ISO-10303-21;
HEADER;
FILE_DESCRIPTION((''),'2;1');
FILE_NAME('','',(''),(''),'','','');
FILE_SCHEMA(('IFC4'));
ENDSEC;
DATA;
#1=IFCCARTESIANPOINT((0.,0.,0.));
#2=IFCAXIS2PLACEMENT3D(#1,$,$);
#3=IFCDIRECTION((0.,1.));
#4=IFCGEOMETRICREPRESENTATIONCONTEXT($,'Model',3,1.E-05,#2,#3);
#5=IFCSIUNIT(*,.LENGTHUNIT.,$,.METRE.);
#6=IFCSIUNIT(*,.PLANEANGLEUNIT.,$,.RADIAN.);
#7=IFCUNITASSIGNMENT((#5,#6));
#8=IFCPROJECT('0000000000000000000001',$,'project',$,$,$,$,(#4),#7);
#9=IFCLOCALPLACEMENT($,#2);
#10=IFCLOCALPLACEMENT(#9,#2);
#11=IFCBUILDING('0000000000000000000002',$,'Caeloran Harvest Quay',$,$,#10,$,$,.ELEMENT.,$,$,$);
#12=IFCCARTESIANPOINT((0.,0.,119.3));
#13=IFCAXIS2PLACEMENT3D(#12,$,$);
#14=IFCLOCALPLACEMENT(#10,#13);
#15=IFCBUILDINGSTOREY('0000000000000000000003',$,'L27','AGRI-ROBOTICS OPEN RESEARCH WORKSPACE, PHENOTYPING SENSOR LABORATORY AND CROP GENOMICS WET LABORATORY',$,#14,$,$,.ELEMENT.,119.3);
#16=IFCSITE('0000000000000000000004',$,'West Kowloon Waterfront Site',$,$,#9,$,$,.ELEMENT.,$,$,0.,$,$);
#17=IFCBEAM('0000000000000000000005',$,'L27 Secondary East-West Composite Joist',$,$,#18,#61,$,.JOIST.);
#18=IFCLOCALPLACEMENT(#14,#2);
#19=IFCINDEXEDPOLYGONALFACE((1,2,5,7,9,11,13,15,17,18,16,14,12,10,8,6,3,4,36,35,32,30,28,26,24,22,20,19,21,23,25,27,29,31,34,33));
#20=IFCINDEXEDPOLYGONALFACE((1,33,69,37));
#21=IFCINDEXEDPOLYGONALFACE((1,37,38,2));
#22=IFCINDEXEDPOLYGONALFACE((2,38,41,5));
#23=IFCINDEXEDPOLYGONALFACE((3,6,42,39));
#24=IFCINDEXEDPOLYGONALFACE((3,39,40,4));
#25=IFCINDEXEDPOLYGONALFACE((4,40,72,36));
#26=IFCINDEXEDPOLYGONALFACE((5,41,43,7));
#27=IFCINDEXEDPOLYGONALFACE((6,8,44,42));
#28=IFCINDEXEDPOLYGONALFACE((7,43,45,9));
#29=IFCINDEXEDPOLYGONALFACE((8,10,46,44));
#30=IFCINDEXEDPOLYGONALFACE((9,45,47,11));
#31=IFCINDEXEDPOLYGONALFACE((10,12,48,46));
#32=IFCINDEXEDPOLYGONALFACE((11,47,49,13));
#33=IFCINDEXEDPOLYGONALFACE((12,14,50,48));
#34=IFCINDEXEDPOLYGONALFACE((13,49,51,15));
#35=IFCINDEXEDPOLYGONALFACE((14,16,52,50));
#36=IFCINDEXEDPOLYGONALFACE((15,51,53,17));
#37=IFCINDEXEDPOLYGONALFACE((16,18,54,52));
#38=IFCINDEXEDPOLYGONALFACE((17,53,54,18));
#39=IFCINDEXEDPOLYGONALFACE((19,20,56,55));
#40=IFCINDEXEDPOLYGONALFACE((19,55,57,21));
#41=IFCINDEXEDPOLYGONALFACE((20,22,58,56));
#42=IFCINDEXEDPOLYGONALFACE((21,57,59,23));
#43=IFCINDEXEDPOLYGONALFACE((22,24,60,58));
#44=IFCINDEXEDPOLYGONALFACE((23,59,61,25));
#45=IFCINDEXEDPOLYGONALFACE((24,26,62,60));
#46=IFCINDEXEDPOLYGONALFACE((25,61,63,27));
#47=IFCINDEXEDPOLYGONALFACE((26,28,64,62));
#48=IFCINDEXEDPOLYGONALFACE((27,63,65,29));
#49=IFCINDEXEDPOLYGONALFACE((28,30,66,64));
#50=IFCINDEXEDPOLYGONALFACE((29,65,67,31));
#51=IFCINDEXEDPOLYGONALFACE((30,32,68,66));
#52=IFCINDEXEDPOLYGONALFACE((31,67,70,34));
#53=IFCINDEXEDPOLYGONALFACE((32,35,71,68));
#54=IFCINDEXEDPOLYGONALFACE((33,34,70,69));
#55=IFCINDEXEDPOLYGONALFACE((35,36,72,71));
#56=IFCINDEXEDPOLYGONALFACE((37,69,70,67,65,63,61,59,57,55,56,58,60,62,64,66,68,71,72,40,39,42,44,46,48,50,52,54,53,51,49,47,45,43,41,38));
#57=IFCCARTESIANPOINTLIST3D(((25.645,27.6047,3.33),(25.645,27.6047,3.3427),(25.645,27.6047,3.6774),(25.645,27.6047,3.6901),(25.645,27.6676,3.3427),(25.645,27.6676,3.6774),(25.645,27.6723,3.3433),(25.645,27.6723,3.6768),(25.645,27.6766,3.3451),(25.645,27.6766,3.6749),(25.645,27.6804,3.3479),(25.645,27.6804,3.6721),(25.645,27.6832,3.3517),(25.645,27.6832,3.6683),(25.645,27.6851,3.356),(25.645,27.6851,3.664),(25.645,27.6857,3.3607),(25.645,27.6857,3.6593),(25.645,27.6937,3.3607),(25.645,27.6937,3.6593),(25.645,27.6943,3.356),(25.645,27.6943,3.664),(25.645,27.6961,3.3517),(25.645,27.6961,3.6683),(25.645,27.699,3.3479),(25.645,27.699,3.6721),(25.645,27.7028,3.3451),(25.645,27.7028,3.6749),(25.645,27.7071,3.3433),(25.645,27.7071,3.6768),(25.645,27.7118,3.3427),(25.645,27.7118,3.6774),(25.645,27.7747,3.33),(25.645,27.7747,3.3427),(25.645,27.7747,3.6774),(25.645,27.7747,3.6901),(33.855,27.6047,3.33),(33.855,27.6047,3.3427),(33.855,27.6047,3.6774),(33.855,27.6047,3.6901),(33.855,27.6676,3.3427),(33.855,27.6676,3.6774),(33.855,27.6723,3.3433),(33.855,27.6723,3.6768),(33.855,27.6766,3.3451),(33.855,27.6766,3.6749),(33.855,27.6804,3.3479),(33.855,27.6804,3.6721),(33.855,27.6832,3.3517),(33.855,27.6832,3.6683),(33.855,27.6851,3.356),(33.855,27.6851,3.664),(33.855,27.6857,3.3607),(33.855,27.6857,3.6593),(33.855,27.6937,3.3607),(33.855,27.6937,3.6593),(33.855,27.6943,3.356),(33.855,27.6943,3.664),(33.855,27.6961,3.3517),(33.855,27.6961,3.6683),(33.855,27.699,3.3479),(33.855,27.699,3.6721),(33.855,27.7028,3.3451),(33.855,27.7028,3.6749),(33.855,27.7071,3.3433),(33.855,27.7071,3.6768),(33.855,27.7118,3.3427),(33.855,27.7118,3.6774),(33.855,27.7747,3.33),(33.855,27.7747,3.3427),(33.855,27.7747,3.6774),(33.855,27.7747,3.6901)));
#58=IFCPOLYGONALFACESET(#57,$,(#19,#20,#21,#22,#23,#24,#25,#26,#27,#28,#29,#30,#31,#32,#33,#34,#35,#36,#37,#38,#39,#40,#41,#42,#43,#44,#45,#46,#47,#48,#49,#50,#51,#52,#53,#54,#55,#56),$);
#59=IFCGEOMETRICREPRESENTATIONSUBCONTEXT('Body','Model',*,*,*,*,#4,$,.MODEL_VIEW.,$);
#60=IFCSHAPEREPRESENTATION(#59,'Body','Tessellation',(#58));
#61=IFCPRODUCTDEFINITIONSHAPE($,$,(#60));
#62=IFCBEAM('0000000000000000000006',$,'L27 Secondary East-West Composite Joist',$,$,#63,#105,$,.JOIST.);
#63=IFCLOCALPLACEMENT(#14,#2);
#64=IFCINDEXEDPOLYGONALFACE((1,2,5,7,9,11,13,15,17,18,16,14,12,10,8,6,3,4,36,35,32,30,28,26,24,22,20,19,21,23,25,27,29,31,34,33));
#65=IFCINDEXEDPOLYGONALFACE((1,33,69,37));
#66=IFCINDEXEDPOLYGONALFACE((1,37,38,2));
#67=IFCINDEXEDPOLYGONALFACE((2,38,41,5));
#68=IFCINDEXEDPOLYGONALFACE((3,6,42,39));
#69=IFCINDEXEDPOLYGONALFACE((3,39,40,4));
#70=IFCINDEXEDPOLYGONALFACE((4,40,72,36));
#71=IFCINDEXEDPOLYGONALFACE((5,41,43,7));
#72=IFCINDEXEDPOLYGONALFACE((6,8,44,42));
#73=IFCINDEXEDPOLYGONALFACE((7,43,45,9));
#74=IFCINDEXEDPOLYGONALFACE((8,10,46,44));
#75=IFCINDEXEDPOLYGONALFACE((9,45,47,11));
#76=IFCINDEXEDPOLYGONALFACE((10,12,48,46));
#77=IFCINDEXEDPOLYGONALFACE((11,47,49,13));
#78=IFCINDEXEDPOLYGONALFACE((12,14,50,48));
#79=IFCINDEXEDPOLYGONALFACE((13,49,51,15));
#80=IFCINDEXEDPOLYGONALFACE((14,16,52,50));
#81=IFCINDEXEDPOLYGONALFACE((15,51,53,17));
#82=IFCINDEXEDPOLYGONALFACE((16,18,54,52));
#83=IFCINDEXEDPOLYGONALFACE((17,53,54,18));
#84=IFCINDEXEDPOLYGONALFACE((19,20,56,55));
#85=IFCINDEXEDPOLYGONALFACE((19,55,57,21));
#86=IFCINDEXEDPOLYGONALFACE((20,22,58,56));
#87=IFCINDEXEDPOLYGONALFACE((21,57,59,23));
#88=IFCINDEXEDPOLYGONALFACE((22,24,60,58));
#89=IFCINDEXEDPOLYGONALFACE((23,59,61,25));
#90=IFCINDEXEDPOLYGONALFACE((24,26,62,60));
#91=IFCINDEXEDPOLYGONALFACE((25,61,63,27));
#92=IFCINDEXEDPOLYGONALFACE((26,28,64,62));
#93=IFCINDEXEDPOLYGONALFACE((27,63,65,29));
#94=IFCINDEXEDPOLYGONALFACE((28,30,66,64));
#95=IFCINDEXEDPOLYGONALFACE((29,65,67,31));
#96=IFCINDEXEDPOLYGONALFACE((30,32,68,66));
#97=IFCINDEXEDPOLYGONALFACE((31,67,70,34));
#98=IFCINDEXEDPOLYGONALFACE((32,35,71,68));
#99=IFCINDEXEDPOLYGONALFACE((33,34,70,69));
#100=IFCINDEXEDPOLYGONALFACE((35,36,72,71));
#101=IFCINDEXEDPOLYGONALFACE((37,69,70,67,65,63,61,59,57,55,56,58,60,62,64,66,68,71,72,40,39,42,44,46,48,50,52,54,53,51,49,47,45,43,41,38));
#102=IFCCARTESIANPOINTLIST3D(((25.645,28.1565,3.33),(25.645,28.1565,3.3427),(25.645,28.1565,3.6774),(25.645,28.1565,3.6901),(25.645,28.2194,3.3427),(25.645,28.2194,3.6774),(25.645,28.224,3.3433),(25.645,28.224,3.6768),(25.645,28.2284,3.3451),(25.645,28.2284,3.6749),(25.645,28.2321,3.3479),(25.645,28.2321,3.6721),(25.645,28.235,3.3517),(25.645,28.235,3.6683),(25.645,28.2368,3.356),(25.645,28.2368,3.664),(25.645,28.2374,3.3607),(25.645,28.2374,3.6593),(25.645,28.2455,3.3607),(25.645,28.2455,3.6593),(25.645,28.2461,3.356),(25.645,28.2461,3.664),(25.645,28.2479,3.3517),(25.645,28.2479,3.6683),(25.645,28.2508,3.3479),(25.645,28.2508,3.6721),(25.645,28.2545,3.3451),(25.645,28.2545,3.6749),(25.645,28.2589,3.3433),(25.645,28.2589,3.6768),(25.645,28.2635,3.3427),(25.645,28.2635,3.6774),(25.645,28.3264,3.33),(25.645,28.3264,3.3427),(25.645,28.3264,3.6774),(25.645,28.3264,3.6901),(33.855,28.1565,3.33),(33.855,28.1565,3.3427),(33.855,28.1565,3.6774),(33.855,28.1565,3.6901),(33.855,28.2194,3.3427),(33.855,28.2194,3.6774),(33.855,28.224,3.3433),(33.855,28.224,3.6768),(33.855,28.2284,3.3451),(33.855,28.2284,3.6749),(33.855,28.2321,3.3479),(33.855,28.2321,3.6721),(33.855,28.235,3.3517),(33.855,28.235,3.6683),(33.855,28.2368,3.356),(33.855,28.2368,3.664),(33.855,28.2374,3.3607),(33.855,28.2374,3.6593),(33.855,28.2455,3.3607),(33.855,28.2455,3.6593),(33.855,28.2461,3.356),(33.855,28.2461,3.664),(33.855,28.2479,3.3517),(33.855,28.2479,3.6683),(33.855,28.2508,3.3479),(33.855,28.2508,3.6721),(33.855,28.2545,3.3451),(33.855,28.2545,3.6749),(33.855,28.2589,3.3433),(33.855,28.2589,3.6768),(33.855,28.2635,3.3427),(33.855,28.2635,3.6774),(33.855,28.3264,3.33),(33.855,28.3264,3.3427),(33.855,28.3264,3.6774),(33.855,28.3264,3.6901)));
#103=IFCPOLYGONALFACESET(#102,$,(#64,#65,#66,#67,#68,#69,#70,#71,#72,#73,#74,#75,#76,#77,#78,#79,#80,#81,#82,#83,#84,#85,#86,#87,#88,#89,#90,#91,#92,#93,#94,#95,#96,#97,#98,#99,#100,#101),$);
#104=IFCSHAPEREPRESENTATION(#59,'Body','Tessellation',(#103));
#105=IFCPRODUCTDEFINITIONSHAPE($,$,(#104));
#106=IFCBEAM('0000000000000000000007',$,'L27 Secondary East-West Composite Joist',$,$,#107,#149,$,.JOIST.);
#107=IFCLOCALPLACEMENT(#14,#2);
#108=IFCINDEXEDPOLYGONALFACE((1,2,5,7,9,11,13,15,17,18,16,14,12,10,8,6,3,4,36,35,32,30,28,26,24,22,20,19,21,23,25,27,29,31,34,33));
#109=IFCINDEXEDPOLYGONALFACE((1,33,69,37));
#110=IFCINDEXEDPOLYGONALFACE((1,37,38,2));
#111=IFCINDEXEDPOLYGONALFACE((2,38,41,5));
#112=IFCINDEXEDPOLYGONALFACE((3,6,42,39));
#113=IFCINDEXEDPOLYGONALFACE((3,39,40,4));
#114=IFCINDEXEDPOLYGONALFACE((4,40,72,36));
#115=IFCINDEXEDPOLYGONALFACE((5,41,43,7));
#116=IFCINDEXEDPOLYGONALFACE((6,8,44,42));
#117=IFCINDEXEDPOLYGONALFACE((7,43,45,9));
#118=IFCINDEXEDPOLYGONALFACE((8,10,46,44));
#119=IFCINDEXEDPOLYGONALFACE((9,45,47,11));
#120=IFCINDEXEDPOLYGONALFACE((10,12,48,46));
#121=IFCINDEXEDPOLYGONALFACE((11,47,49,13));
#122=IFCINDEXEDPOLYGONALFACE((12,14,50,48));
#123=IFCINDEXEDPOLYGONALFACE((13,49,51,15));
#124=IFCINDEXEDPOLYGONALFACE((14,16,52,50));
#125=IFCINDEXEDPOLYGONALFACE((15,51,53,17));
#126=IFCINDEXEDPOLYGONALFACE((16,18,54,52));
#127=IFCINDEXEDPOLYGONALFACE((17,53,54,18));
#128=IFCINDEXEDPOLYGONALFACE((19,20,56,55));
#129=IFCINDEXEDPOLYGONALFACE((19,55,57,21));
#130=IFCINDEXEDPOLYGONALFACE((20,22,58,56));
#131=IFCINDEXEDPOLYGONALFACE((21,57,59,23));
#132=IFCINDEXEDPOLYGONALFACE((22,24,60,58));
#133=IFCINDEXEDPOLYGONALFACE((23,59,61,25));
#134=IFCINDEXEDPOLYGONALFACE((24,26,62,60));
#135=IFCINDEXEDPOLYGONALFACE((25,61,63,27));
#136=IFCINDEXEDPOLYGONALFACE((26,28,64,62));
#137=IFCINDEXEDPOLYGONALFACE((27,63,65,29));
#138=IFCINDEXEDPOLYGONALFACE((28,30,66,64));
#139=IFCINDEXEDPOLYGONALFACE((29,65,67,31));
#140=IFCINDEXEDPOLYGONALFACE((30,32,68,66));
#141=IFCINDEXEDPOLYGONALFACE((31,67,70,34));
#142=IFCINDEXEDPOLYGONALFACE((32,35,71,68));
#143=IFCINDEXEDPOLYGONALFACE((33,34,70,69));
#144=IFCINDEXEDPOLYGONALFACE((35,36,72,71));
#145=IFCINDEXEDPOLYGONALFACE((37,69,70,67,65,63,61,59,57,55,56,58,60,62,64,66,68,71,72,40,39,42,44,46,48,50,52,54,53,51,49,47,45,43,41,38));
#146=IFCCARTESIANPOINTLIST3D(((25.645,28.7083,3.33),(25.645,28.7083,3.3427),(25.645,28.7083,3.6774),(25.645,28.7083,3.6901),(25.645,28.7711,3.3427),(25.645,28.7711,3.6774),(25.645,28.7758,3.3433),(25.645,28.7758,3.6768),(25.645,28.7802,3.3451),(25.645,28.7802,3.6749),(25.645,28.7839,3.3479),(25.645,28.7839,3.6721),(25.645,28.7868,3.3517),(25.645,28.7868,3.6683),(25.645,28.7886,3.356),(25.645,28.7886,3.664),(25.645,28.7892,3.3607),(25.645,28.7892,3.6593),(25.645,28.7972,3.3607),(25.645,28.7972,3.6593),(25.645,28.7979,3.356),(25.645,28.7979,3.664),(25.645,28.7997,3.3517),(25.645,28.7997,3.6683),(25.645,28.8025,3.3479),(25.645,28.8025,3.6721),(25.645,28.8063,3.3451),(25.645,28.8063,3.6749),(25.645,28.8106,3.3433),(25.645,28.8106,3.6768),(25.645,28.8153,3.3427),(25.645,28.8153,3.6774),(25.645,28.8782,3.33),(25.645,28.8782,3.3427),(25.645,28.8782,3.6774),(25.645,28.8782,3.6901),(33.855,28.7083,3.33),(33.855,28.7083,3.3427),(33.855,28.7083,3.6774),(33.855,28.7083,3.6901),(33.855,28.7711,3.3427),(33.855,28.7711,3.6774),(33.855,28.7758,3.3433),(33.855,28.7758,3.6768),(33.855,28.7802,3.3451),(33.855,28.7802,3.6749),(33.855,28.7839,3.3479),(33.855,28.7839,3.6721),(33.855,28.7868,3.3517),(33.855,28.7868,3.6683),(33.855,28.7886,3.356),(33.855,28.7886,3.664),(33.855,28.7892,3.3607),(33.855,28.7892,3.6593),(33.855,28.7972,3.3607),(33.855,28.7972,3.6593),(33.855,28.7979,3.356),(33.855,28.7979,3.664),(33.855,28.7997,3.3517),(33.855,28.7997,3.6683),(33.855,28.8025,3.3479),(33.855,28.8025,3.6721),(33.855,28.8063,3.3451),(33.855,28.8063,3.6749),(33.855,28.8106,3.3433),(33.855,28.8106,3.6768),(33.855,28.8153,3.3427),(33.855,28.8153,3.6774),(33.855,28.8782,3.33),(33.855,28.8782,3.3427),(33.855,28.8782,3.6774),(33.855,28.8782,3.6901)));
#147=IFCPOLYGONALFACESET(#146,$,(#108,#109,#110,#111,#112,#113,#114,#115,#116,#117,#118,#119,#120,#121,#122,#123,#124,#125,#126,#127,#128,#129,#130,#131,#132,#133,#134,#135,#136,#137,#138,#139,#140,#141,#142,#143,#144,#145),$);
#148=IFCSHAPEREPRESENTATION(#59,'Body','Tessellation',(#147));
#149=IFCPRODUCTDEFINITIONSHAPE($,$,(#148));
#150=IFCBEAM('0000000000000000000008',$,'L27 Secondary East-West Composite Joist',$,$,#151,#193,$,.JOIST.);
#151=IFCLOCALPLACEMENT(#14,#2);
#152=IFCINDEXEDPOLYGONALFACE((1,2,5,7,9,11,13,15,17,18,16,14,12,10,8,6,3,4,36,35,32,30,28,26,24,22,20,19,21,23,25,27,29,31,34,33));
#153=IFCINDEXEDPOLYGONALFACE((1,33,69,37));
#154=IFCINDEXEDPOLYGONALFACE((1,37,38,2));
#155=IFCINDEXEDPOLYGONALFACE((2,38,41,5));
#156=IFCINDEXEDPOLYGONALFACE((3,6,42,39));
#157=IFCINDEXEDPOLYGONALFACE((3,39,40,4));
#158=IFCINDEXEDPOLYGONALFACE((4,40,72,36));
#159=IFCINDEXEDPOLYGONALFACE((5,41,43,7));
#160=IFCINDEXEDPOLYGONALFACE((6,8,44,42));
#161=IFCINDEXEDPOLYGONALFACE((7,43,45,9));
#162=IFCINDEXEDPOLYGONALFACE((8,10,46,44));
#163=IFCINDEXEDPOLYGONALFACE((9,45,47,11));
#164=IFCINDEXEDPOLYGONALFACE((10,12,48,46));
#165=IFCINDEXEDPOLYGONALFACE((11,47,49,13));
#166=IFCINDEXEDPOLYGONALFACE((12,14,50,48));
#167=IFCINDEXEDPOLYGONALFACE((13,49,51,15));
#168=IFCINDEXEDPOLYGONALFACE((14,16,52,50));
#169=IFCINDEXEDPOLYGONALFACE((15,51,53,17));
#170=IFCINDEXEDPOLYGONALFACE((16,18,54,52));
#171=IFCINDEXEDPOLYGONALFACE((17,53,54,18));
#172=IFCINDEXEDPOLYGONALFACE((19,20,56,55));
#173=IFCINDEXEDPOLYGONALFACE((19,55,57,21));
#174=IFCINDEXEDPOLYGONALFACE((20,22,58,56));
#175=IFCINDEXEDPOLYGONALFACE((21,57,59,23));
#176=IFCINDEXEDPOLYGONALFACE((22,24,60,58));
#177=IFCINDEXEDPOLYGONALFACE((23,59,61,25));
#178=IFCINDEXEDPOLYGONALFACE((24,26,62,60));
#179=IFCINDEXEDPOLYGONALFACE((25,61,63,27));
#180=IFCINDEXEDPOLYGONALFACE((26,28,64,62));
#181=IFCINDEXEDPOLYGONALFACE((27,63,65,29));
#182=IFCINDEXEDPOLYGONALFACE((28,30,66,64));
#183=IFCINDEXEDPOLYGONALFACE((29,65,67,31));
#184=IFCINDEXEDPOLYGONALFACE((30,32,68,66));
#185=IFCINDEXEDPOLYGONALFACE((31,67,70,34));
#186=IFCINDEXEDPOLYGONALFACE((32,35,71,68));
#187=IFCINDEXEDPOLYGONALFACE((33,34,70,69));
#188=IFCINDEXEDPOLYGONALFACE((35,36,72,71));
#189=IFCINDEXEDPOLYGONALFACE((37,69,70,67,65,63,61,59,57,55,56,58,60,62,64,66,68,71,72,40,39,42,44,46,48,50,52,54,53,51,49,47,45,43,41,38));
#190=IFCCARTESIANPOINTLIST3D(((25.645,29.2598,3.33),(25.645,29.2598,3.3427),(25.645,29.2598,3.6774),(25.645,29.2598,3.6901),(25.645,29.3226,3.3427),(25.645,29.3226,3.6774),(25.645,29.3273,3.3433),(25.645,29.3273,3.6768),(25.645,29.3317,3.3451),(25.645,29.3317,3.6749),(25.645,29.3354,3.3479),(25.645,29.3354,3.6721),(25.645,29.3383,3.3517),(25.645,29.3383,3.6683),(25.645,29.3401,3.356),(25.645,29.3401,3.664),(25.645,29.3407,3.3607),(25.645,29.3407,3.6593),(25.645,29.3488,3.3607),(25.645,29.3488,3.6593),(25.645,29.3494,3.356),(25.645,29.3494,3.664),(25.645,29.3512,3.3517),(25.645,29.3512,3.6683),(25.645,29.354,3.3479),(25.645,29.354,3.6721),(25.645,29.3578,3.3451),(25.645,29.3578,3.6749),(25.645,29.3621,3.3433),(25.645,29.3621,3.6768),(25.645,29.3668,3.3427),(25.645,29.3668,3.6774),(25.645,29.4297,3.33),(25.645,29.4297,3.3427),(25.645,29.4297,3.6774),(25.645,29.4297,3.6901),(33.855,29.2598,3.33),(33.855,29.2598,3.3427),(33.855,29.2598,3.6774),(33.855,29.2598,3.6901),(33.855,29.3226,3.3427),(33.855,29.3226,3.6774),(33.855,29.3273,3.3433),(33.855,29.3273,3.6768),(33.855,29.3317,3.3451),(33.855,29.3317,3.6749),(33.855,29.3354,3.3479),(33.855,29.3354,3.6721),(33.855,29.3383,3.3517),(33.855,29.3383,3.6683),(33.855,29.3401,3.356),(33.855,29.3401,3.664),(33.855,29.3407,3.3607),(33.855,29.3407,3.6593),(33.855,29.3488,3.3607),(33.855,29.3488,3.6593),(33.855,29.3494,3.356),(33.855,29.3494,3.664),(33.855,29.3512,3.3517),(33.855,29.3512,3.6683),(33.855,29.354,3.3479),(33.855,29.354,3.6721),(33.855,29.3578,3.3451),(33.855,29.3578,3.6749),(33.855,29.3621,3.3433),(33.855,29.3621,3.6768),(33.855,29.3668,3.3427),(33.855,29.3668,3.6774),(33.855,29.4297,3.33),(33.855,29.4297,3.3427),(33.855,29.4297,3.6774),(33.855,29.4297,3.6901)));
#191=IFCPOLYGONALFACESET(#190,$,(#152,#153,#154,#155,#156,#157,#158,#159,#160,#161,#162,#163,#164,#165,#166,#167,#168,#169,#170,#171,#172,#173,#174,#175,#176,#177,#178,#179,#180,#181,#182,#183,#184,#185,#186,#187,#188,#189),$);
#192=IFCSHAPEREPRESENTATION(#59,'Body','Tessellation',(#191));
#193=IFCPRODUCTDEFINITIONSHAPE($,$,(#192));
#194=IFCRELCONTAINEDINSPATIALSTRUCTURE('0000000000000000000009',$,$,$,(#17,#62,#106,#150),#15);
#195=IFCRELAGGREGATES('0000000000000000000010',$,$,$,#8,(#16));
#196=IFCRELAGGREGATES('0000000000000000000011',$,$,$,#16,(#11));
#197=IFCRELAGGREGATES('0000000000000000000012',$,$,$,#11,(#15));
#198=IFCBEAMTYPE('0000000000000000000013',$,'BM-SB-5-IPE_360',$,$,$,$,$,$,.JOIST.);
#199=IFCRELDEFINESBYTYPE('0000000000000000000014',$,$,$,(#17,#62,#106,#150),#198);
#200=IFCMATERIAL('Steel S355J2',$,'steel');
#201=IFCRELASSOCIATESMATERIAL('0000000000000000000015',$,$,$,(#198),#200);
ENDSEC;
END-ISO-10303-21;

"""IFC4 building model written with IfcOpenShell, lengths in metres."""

from ifc_helpers import new_model, si_unit, direction, frame, origin, origin_2d, place, context, subcontext, project, spatial, i_section, extrude, material, material_profile, profile_set, type_object, element, save


model = new_model("IFC4")

# Units and contexts
model_context = context("Model", 3, precision=1e-05, world=origin(), true_north=direction((0.0, 1.0)))
body_context = subcontext(model_context, "Body", "Model", "MODEL_VIEW")
ifc_project = project(units=[si_unit("LENGTHUNIT", "METRE"), si_unit("PLANEANGLEUNIT", "RADIAN")], contexts=[model_context])

# Site, building, storey
site_placement = place(None, origin())
site = spatial("IfcSite", under=ifc_project, at=site_placement, Name="West Kowloon Waterfront Site", CompositionType="ELEMENT", RefElevation=0.0)
building_placement = place(site_placement, origin())
building = spatial("IfcBuilding", under=site, at=building_placement, Name="Caeloran Harvest Quay", CompositionType="ELEMENT")
storey_placement = place(building_placement, frame((0.0, 0.0, 119.3)))
storey = spatial("IfcBuildingStorey", under=building, at=storey_placement, Name="L27", Description="AGRI-ROBOTICS OPEN RESEARCH WORKSPACE, PHENOTYPING SENSOR LABORATORY AND CROP GENOMICS WET LABORATORY", CompositionType="ELEMENT", Elevation=119.3)

# Beams
ifc_material_1 = material(Name="Steel S355J2", Category="steel")
ifc_material_profile_1 = material_profile(ifc_material_1, i_section(OverallWidth=0.1699, OverallDepth=0.3601, WebThickness=0.0081, FlangeThickness=0.0127, FilletRadius=0.0181, at=origin_2d()), Name="IPE 360")
ifc_profile_set_1 = profile_set([ifc_material_profile_1], Name="Steel S355J2")
beam_type_1 = type_object("IfcBeamType", Name="BM-SB-5-IPE_360", PredefinedType="JOIST", material=ifc_profile_set_1)
for number, where, z_axis, x_axis, name in (
    (1, (25.645, 27.6897, 3.51), (1.0, 0.0, 0.0), (0.0, 1.0, 0.0), "L27 Secondary East-West Composite Joist"),
    (2, (25.645, 28.2415, 3.51), (1.0, 0.0, 0.0), (0.0, 1.0, 0.0), "L27 Secondary East-West Composite Joist"),
    (3, (25.645, 28.7932, 3.51), (1.0, 0.0, 0.0), (0.0, 1.0, 0.0), "L27 Secondary East-West Composite Joist"),
    (4, (25.645, 29.3447, 3.51), (1.0, 0.0, 0.0), (0.0, 1.0, 0.0), "L27 Secondary East-West Composite Joist"),
):
    element("IfcBeam", number, at=place(storey_placement, frame(where, z_axis=z_axis, x_axis=x_axis)), inside=storey, type_object=beam_type_1, Name=name, PredefinedType="JOIST", context=body_context, shape_type="SweptSolid", body=[
        extrude(i_section(OverallWidth=0.1699, OverallDepth=0.3601, WebThickness=0.0081, FlangeThickness=0.0127, FilletRadius=0.0181, at=origin_2d()), origin(), (0.0, 0.0, 1.0), 8.21),
    ])

save(model, "model.ifc")
